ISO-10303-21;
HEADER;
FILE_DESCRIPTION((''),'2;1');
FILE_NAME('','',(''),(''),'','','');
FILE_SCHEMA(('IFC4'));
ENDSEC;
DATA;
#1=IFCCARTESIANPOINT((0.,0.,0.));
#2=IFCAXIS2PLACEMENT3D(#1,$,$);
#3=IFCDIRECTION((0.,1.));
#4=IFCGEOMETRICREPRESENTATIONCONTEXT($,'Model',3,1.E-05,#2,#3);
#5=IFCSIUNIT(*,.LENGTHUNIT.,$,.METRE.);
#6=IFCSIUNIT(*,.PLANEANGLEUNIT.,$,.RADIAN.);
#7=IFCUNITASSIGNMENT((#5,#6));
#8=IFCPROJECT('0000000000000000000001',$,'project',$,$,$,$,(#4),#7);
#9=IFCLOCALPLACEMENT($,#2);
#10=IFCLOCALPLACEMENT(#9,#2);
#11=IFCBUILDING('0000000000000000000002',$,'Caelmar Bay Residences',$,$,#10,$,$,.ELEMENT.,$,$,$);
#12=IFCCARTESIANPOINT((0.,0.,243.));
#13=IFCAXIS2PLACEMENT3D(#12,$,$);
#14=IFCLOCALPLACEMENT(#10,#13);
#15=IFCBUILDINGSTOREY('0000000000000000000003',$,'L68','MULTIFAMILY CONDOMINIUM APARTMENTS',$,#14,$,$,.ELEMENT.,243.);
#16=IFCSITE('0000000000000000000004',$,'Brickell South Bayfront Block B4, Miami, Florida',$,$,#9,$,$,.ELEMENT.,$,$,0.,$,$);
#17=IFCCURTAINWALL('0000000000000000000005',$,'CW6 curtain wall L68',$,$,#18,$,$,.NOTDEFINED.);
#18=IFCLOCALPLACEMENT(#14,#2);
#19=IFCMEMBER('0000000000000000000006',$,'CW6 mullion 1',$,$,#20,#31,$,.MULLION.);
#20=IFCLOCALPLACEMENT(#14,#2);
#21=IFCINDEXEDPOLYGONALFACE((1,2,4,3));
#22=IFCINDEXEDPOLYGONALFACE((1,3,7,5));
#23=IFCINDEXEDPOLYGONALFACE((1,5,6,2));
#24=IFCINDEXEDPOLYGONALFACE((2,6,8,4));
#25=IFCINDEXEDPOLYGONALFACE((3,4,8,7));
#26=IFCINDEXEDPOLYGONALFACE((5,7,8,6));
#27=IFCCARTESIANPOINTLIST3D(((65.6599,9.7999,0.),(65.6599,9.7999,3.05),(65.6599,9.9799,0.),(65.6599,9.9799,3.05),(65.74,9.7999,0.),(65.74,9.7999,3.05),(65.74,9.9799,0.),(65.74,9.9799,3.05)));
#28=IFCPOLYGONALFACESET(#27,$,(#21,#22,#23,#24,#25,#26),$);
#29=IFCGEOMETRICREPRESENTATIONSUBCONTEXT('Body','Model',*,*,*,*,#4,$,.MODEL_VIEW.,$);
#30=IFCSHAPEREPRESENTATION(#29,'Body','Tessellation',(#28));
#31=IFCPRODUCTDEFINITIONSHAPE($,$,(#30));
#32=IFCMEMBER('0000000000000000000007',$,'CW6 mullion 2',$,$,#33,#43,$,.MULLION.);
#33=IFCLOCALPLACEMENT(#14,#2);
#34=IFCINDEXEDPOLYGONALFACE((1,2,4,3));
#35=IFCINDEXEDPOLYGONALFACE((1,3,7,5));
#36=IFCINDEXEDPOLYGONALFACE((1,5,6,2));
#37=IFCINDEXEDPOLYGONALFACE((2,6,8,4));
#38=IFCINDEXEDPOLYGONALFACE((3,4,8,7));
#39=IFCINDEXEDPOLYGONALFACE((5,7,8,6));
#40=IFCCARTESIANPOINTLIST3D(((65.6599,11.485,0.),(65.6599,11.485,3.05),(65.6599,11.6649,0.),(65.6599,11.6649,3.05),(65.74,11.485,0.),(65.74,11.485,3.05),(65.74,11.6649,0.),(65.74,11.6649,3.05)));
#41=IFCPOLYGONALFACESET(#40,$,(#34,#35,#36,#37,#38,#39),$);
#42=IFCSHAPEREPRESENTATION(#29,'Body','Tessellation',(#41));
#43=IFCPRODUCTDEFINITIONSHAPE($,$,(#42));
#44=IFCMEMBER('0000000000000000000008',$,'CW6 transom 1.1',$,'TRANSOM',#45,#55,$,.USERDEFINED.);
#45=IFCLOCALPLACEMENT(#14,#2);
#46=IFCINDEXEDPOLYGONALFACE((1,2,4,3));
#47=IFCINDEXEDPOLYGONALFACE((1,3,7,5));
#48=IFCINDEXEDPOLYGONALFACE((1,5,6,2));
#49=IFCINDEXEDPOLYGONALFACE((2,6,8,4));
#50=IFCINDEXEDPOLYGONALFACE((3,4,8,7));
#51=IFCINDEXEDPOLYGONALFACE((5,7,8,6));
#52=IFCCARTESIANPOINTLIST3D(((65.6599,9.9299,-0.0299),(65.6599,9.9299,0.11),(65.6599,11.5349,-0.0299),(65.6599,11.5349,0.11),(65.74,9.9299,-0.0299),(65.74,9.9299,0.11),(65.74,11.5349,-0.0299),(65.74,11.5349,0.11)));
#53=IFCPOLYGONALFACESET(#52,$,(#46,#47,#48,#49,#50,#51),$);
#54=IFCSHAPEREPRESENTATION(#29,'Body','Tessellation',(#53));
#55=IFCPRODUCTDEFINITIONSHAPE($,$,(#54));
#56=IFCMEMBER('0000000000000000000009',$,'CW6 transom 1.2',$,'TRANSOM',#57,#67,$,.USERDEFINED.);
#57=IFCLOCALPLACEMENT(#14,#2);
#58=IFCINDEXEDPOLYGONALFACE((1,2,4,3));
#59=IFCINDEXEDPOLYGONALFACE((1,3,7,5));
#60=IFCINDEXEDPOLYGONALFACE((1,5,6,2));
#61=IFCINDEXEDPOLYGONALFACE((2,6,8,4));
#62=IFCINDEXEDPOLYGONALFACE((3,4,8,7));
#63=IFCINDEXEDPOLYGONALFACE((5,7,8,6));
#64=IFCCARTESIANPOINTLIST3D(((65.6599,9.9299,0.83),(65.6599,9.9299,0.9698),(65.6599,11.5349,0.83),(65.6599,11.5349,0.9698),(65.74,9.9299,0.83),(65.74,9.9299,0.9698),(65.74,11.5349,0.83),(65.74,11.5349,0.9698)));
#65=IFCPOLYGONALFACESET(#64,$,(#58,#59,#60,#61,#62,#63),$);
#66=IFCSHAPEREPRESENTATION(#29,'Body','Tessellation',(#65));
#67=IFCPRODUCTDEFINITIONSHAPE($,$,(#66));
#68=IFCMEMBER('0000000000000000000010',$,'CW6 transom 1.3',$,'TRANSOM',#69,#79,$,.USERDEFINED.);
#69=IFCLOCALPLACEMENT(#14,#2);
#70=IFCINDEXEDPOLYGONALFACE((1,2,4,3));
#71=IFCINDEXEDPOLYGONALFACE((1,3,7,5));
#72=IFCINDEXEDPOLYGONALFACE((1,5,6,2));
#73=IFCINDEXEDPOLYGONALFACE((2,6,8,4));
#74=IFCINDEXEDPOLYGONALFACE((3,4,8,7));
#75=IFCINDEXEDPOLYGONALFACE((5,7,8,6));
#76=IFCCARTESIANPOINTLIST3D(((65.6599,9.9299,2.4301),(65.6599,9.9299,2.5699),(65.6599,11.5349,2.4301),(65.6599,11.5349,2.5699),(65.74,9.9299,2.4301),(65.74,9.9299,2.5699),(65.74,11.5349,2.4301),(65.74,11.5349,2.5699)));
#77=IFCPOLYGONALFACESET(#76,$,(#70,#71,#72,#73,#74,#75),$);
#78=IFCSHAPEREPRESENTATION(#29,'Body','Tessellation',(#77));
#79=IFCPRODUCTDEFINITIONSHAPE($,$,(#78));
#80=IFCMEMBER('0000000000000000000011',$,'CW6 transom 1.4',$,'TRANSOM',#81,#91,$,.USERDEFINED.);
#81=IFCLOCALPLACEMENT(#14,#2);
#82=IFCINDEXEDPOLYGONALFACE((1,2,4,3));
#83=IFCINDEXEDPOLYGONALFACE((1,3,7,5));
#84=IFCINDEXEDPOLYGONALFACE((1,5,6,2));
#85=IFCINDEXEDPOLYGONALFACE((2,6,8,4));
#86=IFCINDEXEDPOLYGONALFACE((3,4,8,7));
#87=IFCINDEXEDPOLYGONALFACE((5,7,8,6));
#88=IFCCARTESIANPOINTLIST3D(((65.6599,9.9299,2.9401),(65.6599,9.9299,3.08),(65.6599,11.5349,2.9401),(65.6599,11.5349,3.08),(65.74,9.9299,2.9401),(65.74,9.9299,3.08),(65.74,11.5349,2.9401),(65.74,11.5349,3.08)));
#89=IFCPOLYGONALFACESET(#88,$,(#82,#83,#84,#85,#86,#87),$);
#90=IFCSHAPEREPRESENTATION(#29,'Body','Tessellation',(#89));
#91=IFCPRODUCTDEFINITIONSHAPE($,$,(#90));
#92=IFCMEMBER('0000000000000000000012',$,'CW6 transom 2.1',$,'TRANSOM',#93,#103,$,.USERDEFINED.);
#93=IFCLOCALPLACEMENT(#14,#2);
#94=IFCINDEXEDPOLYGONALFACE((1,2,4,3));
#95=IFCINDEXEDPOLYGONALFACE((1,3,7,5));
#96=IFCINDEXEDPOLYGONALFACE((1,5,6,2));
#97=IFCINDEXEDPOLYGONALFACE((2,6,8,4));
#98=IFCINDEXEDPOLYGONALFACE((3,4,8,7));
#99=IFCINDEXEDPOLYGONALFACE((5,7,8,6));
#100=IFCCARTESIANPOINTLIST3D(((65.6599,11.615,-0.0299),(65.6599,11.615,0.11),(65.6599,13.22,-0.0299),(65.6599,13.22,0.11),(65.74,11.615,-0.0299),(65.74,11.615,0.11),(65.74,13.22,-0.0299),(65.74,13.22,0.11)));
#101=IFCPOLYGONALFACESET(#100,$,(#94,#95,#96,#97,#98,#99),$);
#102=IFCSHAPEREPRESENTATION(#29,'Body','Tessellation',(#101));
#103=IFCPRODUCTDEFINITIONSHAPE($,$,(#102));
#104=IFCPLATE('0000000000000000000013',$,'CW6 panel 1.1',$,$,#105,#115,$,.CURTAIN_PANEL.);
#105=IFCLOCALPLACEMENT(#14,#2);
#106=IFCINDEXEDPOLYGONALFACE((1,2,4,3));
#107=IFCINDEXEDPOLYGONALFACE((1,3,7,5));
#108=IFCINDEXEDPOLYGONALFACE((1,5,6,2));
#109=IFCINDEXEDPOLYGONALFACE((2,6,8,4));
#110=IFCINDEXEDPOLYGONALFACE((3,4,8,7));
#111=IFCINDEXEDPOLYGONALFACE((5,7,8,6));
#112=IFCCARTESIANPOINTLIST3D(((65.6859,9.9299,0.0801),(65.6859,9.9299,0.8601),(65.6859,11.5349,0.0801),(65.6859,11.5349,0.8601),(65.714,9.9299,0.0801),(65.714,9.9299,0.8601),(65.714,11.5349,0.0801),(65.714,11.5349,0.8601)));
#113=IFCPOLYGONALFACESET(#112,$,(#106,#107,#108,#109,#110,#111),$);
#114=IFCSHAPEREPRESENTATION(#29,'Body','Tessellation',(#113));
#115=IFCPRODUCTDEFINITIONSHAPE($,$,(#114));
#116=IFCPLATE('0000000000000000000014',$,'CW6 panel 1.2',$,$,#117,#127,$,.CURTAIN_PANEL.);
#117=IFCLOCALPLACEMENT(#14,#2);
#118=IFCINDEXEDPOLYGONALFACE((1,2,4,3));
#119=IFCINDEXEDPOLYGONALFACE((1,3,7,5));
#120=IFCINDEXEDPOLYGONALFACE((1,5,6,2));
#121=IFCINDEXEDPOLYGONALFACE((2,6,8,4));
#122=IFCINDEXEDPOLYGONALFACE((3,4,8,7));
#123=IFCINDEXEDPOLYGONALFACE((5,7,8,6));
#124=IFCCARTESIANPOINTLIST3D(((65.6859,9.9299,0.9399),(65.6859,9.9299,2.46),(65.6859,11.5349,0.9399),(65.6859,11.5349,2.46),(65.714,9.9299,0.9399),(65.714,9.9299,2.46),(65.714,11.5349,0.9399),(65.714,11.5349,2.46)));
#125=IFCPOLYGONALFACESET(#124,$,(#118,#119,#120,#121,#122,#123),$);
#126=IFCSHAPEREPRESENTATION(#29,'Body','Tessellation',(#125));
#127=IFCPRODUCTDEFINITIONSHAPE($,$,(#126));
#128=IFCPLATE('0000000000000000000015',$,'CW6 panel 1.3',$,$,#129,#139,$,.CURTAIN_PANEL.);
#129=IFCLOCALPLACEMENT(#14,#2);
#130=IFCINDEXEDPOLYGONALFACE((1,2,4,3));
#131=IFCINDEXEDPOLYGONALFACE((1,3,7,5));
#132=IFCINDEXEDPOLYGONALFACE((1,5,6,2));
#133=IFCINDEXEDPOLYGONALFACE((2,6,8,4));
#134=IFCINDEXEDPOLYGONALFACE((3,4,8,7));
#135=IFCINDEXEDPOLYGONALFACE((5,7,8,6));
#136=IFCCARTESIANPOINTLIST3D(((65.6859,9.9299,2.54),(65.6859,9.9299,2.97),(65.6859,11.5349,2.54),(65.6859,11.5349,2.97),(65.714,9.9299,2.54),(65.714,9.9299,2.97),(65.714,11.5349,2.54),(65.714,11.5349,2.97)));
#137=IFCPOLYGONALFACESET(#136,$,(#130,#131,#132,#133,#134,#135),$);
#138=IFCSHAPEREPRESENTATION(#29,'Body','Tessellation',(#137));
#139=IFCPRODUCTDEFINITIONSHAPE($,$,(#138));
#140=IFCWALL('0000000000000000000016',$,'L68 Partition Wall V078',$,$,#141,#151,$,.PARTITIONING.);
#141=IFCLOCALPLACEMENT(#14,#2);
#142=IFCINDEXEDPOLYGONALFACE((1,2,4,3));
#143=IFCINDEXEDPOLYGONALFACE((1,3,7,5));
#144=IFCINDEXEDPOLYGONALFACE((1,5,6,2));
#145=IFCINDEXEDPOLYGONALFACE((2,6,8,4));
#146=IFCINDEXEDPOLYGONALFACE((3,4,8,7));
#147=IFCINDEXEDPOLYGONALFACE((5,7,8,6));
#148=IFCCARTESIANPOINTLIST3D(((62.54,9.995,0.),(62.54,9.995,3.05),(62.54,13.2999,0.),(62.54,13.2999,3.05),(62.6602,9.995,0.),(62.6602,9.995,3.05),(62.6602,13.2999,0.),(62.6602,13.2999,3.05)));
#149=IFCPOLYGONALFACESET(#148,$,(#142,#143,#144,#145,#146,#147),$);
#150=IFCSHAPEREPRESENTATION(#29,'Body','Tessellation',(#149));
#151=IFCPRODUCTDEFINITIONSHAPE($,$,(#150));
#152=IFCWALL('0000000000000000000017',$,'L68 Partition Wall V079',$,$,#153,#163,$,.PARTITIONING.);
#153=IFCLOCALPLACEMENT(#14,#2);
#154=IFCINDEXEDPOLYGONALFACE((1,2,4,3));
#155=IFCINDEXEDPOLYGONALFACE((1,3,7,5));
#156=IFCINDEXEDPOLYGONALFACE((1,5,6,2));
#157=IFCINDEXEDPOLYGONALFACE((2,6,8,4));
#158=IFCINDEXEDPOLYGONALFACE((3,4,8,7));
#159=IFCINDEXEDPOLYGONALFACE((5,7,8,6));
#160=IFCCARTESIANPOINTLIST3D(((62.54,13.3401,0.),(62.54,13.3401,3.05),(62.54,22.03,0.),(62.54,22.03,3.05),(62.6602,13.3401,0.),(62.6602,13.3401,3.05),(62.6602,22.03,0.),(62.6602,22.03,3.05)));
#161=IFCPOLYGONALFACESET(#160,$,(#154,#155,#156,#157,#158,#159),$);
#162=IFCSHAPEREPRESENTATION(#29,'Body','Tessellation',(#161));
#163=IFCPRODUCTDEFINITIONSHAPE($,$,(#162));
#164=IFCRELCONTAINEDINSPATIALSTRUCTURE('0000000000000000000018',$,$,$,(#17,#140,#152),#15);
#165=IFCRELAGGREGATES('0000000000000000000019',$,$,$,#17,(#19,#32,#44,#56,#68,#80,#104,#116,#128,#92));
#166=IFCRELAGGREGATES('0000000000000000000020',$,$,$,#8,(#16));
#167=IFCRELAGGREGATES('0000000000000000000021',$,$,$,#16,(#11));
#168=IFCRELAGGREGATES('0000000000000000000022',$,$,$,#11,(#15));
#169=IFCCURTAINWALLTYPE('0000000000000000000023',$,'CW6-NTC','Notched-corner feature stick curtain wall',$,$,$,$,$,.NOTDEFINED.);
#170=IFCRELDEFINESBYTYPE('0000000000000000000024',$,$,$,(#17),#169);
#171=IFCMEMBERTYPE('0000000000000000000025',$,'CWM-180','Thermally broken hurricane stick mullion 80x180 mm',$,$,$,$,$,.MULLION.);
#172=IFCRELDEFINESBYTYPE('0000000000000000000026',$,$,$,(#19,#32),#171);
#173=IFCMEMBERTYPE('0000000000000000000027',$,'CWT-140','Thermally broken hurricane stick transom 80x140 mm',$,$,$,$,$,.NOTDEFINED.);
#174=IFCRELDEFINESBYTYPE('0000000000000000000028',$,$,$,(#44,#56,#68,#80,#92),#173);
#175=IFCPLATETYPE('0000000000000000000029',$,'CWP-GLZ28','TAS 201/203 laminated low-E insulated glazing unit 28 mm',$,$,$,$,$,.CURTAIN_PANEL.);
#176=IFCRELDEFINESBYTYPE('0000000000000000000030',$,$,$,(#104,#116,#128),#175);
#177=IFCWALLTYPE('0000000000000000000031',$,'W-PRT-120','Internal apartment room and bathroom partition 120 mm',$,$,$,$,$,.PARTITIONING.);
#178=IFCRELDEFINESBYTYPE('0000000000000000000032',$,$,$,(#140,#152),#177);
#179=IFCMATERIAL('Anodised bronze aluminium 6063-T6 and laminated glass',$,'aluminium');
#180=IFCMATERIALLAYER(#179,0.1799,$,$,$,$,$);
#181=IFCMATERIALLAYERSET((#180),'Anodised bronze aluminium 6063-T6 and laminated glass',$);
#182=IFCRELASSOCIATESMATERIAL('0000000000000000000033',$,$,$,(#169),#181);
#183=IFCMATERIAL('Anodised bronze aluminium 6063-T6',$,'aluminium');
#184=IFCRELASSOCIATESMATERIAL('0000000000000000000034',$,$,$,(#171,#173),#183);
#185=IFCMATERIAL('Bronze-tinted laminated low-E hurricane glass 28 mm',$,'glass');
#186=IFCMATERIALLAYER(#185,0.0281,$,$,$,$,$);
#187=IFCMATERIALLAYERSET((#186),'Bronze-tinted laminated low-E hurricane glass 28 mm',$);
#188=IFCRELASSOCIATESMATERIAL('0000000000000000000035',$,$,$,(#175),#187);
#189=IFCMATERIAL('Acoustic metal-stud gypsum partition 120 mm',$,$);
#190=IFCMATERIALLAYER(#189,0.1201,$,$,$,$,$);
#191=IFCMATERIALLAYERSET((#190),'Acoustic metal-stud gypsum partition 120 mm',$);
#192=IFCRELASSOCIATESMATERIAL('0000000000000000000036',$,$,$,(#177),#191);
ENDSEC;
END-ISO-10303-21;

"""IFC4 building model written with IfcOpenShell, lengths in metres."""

from ifc_helpers import new_model, si_unit, direction, frame, frame_2d, origin, origin_2d, place, context, subcontext, project, spatial, rectangle, extrude, material, layer, layer_set, material_profile, profile_set, type_object, element, aggregate, save


model = new_model("IFC4")

# Units and contexts
model_context = context("Model", 3, precision=1e-05, world=origin(), true_north=direction((0.0, 1.0)))
body_context = subcontext(model_context, "Body", "Model", "MODEL_VIEW")
ifc_project = project(units=[si_unit("LENGTHUNIT", "METRE"), si_unit("PLANEANGLEUNIT", "RADIAN")], contexts=[model_context])

# Site, building, storey
site_placement = place(None, origin())
site = spatial("IfcSite", under=ifc_project, at=site_placement, Name="Brickell South Bayfront Block B4, Miami, Florida", CompositionType="ELEMENT", RefElevation=0.0)
building_placement = place(site_placement, origin())
building = spatial("IfcBuilding", under=site, at=building_placement, Name="Caelmar Bay Residences", CompositionType="ELEMENT")
storey_placement = place(building_placement, frame((0.0, 0.0, 243.0)))
storey = spatial("IfcBuildingStorey", under=building, at=storey_placement, Name="L68", Description="MULTIFAMILY CONDOMINIUM APARTMENTS", CompositionType="ELEMENT", Elevation=243.0)

# Curtain wall, members, plates
ifc_material_1 = material(Name="Anodised bronze aluminium 6063-T6 and laminated glass", Category="aluminium")
ifc_layer_1 = layer(ifc_material_1, 0.1799)
ifc_layer_set_1 = layer_set([ifc_layer_1], Name="Anodised bronze aluminium 6063-T6 and laminated glass")
curtain_wall_type = type_object("IfcCurtainWallType", Name="CW6-NTC", Description="Notched-corner feature stick curtain wall", PredefinedType="NOTDEFINED", material=ifc_layer_set_1)
curtain_wall_placement = place(storey_placement, origin())
curtain_wall = element("IfcCurtainWall", 1, at=curtain_wall_placement, inside=storey, type_object=curtain_wall_type, Name="CW6 curtain wall L68", PredefinedType="NOTDEFINED")
ifc_material_2 = material(Name="Anodised bronze aluminium 6063-T6", Category="aluminium")
ifc_material_profile_1 = material_profile(ifc_material_2, rectangle(XDim=0.0801, YDim=0.1799, at=origin_2d()), Name="CWM-80X180")
ifc_profile_set_1 = profile_set([ifc_material_profile_1], Name="Anodised bronze aluminium 6063-T6")
member_type_1 = type_object("IfcMemberType", Name="CWM-180", Description="Thermally broken hurricane stick mullion 80x180 mm", PredefinedType="MULLION", material=ifc_profile_set_1)
member_1_placement = place(storey_placement, frame((65.7, 9.8899, 0.0), z_axis=(0.0, 0.0, 1.0), x_axis=(-1.0, 0.0, 0.0)))
member_1 = element("IfcMember", 2, at=member_1_placement, type_object=member_type_1, Name="CW6 mullion 1", PredefinedType="MULLION", context=body_context, shape_type="SweptSolid", body=[
    extrude(rectangle(XDim=0.0801, YDim=0.1799, at=origin_2d()), origin(), (0.0, 0.0, 1.0), 3.05),
])
member_2_placement = place(storey_placement, frame((65.7, 11.575, 0.0), z_axis=(0.0, 0.0, 1.0), x_axis=(-1.0, 0.0, 0.0)))
member_2 = element("IfcMember", 3, at=member_2_placement, type_object=member_type_1, Name="CW6 mullion 2", PredefinedType="MULLION", context=body_context, shape_type="SweptSolid", body=[
    extrude(rectangle(XDim=0.0801, YDim=0.1799, at=origin_2d()), origin(), (0.0, 0.0, 1.0), 3.05),
])
ifc_material_profile_2 = material_profile(ifc_material_2, rectangle(XDim=0.0801, YDim=0.1399, at=origin_2d()), Name="CWT-80X140")
ifc_profile_set_2 = profile_set([ifc_material_profile_2], Name="Anodised bronze aluminium 6063-T6")
member_type_2 = type_object("IfcMemberType", Name="CWT-140", Description="Thermally broken hurricane stick transom 80x140 mm", PredefinedType="NOTDEFINED", material=ifc_profile_set_2)
member_3_placement = place(storey_placement, frame((65.7, 9.9299, 0.04), z_axis=(0.0, 1.0, 0.0), x_axis=(-1.0, 0.0, 0.0)))
member_3 = element("IfcMember", 4, at=member_3_placement, type_object=member_type_2, Name="CW6 transom 1.1", ObjectType="TRANSOM", PredefinedType="USERDEFINED", context=body_context, shape_type="SweptSolid", body=[
    extrude(rectangle(XDim=0.0801, YDim=0.1399, at=origin_2d()), origin(), (0.0, 0.0, 1.0), 1.605),
])
member_4_placement = place(storey_placement, frame((65.7, 9.9299, 0.8999), z_axis=(0.0, 1.0, 0.0), x_axis=(-1.0, 0.0, 0.0)))
member_4 = element("IfcMember", 5, at=member_4_placement, type_object=member_type_2, Name="CW6 transom 1.2", ObjectType="TRANSOM", PredefinedType="USERDEFINED", context=body_context, shape_type="SweptSolid", body=[
    extrude(rectangle(XDim=0.0801, YDim=0.1399, at=origin_2d()), origin(), (0.0, 0.0, 1.0), 1.605),
])
member_5_placement = place(storey_placement, frame((65.7, 9.9299, 2.5), z_axis=(0.0, 1.0, 0.0), x_axis=(-1.0, 0.0, 0.0)))
member_5 = element("IfcMember", 6, at=member_5_placement, type_object=member_type_2, Name="CW6 transom 1.3", ObjectType="TRANSOM", PredefinedType="USERDEFINED", context=body_context, shape_type="SweptSolid", body=[
    extrude(rectangle(XDim=0.0801, YDim=0.1399, at=origin_2d()), origin(), (0.0, 0.0, 1.0), 1.605),
])
member_6_placement = place(storey_placement, frame((65.7, 9.9299, 3.01), z_axis=(0.0, 1.0, 0.0), x_axis=(-1.0, 0.0, 0.0)))
member_6 = element("IfcMember", 7, at=member_6_placement, type_object=member_type_2, Name="CW6 transom 1.4", ObjectType="TRANSOM", PredefinedType="USERDEFINED", context=body_context, shape_type="SweptSolid", body=[
    extrude(rectangle(XDim=0.0801, YDim=0.1399, at=origin_2d()), origin(), (0.0, 0.0, 1.0), 1.605),
])
member_7_placement = place(storey_placement, frame((65.7, 11.615, 0.04), z_axis=(0.0, 1.0, 0.0), x_axis=(-1.0, 0.0, 0.0)))
member_7 = element("IfcMember", 8, at=member_7_placement, type_object=member_type_2, Name="CW6 transom 2.1", ObjectType="TRANSOM", PredefinedType="USERDEFINED", context=body_context, shape_type="SweptSolid", body=[
    extrude(rectangle(XDim=0.0801, YDim=0.1399, at=origin_2d()), origin(), (0.0, 0.0, 1.0), 1.605),
])
ifc_material_3 = material(Name="Bronze-tinted laminated low-E hurricane glass 28 mm", Category="glass")
ifc_layer_2 = layer(ifc_material_3, 0.0281)
ifc_layer_set_2 = layer_set([ifc_layer_2], Name="Bronze-tinted laminated low-E hurricane glass 28 mm")
plate_type = type_object("IfcPlateType", Name="CWP-GLZ28", Description="TAS 201/203 laminated low-E insulated glazing unit 28 mm", PredefinedType="CURTAIN_PANEL", material=ifc_layer_set_2)
plate_1_placement = place(storey_placement, frame((65.7, 10.7324, 0.0801), z_axis=(0.0, 0.0, 1.0), x_axis=(0.0, 1.0, 0.0)))
plate_1 = element("IfcPlate", 9, at=plate_1_placement, type_object=plate_type, Name="CW6 panel 1.1", PredefinedType="CURTAIN_PANEL", context=body_context, shape_type="SweptSolid", body=[
    extrude(rectangle(XDim=1.605, YDim=0.0281, at=origin_2d()), origin(), (0.0, 0.0, 1.0), 0.78),
])
plate_2_placement = place(storey_placement, frame((65.7, 10.7324, 0.9399), z_axis=(0.0, 0.0, 1.0), x_axis=(0.0, 1.0, 0.0)))
plate_2 = element("IfcPlate", 10, at=plate_2_placement, type_object=plate_type, Name="CW6 panel 1.2", PredefinedType="CURTAIN_PANEL", context=body_context, shape_type="SweptSolid", body=[
    extrude(rectangle(XDim=1.605, YDim=0.0281, at=origin_2d()), origin(), (0.0, 0.0, 1.0), 1.52),
])
plate_3_placement = place(storey_placement, frame((65.7, 10.7324, 2.54), z_axis=(0.0, 0.0, 1.0), x_axis=(0.0, 1.0, 0.0)))
plate_3 = element("IfcPlate", 11, at=plate_3_placement, type_object=plate_type, Name="CW6 panel 1.3", PredefinedType="CURTAIN_PANEL", context=body_context, shape_type="SweptSolid", body=[
    extrude(rectangle(XDim=1.605, YDim=0.0281, at=origin_2d()), origin(), (0.0, 0.0, 1.0), 0.4299),
])
aggregate(curtain_wall, [member_1, member_2, member_3, member_4, member_5, member_6, plate_1, plate_2, plate_3, member_7])

# Walls
ifc_material_4 = material(Name="Acoustic metal-stud gypsum partition 120 mm")
ifc_layer_3 = layer(ifc_material_4, 0.1201)
ifc_layer_set_3 = layer_set([ifc_layer_3], Name="Acoustic metal-stud gypsum partition 120 mm")
wall_type_1 = type_object("IfcWallType", Name="W-PRT-120", Description="Internal apartment room and bathroom partition 120 mm", PredefinedType="PARTITIONING", material=ifc_layer_set_3)
wall_1_placement = place(storey_placement, frame((62.6001, 9.9951, 0.0), z_axis=(0.0, 0.0, 1.0), x_axis=(0.0, 1.0, 0.0)))
element("IfcWall", 12, at=wall_1_placement, inside=storey, type_object=wall_type_1, Name="L68 Partition Wall V078", PredefinedType="PARTITIONING", context=body_context, shape_type="SweptSolid", body=[
    extrude(rectangle(XDim=3.3049, YDim=0.1201, at=frame_2d((1.6523, 0.0))), origin(), (0.0, 0.0, 1.0), 3.05),
])
wall_2_placement = place(storey_placement, frame((62.6001, 13.3401, 0.0), z_axis=(0.0, 0.0, 1.0), x_axis=(0.0, 1.0, 0.0)))
element("IfcWall", 13, at=wall_2_placement, inside=storey, type_object=wall_type_1, Name="L68 Partition Wall V079", PredefinedType="PARTITIONING", context=body_context, shape_type="SweptSolid", body=[
    extrude(rectangle(XDim=8.6899, YDim=0.1201, at=frame_2d((4.345, 0.0))), origin(), (0.0, 0.0, 1.0), 3.05),
])

save(model, "model.ifc")
